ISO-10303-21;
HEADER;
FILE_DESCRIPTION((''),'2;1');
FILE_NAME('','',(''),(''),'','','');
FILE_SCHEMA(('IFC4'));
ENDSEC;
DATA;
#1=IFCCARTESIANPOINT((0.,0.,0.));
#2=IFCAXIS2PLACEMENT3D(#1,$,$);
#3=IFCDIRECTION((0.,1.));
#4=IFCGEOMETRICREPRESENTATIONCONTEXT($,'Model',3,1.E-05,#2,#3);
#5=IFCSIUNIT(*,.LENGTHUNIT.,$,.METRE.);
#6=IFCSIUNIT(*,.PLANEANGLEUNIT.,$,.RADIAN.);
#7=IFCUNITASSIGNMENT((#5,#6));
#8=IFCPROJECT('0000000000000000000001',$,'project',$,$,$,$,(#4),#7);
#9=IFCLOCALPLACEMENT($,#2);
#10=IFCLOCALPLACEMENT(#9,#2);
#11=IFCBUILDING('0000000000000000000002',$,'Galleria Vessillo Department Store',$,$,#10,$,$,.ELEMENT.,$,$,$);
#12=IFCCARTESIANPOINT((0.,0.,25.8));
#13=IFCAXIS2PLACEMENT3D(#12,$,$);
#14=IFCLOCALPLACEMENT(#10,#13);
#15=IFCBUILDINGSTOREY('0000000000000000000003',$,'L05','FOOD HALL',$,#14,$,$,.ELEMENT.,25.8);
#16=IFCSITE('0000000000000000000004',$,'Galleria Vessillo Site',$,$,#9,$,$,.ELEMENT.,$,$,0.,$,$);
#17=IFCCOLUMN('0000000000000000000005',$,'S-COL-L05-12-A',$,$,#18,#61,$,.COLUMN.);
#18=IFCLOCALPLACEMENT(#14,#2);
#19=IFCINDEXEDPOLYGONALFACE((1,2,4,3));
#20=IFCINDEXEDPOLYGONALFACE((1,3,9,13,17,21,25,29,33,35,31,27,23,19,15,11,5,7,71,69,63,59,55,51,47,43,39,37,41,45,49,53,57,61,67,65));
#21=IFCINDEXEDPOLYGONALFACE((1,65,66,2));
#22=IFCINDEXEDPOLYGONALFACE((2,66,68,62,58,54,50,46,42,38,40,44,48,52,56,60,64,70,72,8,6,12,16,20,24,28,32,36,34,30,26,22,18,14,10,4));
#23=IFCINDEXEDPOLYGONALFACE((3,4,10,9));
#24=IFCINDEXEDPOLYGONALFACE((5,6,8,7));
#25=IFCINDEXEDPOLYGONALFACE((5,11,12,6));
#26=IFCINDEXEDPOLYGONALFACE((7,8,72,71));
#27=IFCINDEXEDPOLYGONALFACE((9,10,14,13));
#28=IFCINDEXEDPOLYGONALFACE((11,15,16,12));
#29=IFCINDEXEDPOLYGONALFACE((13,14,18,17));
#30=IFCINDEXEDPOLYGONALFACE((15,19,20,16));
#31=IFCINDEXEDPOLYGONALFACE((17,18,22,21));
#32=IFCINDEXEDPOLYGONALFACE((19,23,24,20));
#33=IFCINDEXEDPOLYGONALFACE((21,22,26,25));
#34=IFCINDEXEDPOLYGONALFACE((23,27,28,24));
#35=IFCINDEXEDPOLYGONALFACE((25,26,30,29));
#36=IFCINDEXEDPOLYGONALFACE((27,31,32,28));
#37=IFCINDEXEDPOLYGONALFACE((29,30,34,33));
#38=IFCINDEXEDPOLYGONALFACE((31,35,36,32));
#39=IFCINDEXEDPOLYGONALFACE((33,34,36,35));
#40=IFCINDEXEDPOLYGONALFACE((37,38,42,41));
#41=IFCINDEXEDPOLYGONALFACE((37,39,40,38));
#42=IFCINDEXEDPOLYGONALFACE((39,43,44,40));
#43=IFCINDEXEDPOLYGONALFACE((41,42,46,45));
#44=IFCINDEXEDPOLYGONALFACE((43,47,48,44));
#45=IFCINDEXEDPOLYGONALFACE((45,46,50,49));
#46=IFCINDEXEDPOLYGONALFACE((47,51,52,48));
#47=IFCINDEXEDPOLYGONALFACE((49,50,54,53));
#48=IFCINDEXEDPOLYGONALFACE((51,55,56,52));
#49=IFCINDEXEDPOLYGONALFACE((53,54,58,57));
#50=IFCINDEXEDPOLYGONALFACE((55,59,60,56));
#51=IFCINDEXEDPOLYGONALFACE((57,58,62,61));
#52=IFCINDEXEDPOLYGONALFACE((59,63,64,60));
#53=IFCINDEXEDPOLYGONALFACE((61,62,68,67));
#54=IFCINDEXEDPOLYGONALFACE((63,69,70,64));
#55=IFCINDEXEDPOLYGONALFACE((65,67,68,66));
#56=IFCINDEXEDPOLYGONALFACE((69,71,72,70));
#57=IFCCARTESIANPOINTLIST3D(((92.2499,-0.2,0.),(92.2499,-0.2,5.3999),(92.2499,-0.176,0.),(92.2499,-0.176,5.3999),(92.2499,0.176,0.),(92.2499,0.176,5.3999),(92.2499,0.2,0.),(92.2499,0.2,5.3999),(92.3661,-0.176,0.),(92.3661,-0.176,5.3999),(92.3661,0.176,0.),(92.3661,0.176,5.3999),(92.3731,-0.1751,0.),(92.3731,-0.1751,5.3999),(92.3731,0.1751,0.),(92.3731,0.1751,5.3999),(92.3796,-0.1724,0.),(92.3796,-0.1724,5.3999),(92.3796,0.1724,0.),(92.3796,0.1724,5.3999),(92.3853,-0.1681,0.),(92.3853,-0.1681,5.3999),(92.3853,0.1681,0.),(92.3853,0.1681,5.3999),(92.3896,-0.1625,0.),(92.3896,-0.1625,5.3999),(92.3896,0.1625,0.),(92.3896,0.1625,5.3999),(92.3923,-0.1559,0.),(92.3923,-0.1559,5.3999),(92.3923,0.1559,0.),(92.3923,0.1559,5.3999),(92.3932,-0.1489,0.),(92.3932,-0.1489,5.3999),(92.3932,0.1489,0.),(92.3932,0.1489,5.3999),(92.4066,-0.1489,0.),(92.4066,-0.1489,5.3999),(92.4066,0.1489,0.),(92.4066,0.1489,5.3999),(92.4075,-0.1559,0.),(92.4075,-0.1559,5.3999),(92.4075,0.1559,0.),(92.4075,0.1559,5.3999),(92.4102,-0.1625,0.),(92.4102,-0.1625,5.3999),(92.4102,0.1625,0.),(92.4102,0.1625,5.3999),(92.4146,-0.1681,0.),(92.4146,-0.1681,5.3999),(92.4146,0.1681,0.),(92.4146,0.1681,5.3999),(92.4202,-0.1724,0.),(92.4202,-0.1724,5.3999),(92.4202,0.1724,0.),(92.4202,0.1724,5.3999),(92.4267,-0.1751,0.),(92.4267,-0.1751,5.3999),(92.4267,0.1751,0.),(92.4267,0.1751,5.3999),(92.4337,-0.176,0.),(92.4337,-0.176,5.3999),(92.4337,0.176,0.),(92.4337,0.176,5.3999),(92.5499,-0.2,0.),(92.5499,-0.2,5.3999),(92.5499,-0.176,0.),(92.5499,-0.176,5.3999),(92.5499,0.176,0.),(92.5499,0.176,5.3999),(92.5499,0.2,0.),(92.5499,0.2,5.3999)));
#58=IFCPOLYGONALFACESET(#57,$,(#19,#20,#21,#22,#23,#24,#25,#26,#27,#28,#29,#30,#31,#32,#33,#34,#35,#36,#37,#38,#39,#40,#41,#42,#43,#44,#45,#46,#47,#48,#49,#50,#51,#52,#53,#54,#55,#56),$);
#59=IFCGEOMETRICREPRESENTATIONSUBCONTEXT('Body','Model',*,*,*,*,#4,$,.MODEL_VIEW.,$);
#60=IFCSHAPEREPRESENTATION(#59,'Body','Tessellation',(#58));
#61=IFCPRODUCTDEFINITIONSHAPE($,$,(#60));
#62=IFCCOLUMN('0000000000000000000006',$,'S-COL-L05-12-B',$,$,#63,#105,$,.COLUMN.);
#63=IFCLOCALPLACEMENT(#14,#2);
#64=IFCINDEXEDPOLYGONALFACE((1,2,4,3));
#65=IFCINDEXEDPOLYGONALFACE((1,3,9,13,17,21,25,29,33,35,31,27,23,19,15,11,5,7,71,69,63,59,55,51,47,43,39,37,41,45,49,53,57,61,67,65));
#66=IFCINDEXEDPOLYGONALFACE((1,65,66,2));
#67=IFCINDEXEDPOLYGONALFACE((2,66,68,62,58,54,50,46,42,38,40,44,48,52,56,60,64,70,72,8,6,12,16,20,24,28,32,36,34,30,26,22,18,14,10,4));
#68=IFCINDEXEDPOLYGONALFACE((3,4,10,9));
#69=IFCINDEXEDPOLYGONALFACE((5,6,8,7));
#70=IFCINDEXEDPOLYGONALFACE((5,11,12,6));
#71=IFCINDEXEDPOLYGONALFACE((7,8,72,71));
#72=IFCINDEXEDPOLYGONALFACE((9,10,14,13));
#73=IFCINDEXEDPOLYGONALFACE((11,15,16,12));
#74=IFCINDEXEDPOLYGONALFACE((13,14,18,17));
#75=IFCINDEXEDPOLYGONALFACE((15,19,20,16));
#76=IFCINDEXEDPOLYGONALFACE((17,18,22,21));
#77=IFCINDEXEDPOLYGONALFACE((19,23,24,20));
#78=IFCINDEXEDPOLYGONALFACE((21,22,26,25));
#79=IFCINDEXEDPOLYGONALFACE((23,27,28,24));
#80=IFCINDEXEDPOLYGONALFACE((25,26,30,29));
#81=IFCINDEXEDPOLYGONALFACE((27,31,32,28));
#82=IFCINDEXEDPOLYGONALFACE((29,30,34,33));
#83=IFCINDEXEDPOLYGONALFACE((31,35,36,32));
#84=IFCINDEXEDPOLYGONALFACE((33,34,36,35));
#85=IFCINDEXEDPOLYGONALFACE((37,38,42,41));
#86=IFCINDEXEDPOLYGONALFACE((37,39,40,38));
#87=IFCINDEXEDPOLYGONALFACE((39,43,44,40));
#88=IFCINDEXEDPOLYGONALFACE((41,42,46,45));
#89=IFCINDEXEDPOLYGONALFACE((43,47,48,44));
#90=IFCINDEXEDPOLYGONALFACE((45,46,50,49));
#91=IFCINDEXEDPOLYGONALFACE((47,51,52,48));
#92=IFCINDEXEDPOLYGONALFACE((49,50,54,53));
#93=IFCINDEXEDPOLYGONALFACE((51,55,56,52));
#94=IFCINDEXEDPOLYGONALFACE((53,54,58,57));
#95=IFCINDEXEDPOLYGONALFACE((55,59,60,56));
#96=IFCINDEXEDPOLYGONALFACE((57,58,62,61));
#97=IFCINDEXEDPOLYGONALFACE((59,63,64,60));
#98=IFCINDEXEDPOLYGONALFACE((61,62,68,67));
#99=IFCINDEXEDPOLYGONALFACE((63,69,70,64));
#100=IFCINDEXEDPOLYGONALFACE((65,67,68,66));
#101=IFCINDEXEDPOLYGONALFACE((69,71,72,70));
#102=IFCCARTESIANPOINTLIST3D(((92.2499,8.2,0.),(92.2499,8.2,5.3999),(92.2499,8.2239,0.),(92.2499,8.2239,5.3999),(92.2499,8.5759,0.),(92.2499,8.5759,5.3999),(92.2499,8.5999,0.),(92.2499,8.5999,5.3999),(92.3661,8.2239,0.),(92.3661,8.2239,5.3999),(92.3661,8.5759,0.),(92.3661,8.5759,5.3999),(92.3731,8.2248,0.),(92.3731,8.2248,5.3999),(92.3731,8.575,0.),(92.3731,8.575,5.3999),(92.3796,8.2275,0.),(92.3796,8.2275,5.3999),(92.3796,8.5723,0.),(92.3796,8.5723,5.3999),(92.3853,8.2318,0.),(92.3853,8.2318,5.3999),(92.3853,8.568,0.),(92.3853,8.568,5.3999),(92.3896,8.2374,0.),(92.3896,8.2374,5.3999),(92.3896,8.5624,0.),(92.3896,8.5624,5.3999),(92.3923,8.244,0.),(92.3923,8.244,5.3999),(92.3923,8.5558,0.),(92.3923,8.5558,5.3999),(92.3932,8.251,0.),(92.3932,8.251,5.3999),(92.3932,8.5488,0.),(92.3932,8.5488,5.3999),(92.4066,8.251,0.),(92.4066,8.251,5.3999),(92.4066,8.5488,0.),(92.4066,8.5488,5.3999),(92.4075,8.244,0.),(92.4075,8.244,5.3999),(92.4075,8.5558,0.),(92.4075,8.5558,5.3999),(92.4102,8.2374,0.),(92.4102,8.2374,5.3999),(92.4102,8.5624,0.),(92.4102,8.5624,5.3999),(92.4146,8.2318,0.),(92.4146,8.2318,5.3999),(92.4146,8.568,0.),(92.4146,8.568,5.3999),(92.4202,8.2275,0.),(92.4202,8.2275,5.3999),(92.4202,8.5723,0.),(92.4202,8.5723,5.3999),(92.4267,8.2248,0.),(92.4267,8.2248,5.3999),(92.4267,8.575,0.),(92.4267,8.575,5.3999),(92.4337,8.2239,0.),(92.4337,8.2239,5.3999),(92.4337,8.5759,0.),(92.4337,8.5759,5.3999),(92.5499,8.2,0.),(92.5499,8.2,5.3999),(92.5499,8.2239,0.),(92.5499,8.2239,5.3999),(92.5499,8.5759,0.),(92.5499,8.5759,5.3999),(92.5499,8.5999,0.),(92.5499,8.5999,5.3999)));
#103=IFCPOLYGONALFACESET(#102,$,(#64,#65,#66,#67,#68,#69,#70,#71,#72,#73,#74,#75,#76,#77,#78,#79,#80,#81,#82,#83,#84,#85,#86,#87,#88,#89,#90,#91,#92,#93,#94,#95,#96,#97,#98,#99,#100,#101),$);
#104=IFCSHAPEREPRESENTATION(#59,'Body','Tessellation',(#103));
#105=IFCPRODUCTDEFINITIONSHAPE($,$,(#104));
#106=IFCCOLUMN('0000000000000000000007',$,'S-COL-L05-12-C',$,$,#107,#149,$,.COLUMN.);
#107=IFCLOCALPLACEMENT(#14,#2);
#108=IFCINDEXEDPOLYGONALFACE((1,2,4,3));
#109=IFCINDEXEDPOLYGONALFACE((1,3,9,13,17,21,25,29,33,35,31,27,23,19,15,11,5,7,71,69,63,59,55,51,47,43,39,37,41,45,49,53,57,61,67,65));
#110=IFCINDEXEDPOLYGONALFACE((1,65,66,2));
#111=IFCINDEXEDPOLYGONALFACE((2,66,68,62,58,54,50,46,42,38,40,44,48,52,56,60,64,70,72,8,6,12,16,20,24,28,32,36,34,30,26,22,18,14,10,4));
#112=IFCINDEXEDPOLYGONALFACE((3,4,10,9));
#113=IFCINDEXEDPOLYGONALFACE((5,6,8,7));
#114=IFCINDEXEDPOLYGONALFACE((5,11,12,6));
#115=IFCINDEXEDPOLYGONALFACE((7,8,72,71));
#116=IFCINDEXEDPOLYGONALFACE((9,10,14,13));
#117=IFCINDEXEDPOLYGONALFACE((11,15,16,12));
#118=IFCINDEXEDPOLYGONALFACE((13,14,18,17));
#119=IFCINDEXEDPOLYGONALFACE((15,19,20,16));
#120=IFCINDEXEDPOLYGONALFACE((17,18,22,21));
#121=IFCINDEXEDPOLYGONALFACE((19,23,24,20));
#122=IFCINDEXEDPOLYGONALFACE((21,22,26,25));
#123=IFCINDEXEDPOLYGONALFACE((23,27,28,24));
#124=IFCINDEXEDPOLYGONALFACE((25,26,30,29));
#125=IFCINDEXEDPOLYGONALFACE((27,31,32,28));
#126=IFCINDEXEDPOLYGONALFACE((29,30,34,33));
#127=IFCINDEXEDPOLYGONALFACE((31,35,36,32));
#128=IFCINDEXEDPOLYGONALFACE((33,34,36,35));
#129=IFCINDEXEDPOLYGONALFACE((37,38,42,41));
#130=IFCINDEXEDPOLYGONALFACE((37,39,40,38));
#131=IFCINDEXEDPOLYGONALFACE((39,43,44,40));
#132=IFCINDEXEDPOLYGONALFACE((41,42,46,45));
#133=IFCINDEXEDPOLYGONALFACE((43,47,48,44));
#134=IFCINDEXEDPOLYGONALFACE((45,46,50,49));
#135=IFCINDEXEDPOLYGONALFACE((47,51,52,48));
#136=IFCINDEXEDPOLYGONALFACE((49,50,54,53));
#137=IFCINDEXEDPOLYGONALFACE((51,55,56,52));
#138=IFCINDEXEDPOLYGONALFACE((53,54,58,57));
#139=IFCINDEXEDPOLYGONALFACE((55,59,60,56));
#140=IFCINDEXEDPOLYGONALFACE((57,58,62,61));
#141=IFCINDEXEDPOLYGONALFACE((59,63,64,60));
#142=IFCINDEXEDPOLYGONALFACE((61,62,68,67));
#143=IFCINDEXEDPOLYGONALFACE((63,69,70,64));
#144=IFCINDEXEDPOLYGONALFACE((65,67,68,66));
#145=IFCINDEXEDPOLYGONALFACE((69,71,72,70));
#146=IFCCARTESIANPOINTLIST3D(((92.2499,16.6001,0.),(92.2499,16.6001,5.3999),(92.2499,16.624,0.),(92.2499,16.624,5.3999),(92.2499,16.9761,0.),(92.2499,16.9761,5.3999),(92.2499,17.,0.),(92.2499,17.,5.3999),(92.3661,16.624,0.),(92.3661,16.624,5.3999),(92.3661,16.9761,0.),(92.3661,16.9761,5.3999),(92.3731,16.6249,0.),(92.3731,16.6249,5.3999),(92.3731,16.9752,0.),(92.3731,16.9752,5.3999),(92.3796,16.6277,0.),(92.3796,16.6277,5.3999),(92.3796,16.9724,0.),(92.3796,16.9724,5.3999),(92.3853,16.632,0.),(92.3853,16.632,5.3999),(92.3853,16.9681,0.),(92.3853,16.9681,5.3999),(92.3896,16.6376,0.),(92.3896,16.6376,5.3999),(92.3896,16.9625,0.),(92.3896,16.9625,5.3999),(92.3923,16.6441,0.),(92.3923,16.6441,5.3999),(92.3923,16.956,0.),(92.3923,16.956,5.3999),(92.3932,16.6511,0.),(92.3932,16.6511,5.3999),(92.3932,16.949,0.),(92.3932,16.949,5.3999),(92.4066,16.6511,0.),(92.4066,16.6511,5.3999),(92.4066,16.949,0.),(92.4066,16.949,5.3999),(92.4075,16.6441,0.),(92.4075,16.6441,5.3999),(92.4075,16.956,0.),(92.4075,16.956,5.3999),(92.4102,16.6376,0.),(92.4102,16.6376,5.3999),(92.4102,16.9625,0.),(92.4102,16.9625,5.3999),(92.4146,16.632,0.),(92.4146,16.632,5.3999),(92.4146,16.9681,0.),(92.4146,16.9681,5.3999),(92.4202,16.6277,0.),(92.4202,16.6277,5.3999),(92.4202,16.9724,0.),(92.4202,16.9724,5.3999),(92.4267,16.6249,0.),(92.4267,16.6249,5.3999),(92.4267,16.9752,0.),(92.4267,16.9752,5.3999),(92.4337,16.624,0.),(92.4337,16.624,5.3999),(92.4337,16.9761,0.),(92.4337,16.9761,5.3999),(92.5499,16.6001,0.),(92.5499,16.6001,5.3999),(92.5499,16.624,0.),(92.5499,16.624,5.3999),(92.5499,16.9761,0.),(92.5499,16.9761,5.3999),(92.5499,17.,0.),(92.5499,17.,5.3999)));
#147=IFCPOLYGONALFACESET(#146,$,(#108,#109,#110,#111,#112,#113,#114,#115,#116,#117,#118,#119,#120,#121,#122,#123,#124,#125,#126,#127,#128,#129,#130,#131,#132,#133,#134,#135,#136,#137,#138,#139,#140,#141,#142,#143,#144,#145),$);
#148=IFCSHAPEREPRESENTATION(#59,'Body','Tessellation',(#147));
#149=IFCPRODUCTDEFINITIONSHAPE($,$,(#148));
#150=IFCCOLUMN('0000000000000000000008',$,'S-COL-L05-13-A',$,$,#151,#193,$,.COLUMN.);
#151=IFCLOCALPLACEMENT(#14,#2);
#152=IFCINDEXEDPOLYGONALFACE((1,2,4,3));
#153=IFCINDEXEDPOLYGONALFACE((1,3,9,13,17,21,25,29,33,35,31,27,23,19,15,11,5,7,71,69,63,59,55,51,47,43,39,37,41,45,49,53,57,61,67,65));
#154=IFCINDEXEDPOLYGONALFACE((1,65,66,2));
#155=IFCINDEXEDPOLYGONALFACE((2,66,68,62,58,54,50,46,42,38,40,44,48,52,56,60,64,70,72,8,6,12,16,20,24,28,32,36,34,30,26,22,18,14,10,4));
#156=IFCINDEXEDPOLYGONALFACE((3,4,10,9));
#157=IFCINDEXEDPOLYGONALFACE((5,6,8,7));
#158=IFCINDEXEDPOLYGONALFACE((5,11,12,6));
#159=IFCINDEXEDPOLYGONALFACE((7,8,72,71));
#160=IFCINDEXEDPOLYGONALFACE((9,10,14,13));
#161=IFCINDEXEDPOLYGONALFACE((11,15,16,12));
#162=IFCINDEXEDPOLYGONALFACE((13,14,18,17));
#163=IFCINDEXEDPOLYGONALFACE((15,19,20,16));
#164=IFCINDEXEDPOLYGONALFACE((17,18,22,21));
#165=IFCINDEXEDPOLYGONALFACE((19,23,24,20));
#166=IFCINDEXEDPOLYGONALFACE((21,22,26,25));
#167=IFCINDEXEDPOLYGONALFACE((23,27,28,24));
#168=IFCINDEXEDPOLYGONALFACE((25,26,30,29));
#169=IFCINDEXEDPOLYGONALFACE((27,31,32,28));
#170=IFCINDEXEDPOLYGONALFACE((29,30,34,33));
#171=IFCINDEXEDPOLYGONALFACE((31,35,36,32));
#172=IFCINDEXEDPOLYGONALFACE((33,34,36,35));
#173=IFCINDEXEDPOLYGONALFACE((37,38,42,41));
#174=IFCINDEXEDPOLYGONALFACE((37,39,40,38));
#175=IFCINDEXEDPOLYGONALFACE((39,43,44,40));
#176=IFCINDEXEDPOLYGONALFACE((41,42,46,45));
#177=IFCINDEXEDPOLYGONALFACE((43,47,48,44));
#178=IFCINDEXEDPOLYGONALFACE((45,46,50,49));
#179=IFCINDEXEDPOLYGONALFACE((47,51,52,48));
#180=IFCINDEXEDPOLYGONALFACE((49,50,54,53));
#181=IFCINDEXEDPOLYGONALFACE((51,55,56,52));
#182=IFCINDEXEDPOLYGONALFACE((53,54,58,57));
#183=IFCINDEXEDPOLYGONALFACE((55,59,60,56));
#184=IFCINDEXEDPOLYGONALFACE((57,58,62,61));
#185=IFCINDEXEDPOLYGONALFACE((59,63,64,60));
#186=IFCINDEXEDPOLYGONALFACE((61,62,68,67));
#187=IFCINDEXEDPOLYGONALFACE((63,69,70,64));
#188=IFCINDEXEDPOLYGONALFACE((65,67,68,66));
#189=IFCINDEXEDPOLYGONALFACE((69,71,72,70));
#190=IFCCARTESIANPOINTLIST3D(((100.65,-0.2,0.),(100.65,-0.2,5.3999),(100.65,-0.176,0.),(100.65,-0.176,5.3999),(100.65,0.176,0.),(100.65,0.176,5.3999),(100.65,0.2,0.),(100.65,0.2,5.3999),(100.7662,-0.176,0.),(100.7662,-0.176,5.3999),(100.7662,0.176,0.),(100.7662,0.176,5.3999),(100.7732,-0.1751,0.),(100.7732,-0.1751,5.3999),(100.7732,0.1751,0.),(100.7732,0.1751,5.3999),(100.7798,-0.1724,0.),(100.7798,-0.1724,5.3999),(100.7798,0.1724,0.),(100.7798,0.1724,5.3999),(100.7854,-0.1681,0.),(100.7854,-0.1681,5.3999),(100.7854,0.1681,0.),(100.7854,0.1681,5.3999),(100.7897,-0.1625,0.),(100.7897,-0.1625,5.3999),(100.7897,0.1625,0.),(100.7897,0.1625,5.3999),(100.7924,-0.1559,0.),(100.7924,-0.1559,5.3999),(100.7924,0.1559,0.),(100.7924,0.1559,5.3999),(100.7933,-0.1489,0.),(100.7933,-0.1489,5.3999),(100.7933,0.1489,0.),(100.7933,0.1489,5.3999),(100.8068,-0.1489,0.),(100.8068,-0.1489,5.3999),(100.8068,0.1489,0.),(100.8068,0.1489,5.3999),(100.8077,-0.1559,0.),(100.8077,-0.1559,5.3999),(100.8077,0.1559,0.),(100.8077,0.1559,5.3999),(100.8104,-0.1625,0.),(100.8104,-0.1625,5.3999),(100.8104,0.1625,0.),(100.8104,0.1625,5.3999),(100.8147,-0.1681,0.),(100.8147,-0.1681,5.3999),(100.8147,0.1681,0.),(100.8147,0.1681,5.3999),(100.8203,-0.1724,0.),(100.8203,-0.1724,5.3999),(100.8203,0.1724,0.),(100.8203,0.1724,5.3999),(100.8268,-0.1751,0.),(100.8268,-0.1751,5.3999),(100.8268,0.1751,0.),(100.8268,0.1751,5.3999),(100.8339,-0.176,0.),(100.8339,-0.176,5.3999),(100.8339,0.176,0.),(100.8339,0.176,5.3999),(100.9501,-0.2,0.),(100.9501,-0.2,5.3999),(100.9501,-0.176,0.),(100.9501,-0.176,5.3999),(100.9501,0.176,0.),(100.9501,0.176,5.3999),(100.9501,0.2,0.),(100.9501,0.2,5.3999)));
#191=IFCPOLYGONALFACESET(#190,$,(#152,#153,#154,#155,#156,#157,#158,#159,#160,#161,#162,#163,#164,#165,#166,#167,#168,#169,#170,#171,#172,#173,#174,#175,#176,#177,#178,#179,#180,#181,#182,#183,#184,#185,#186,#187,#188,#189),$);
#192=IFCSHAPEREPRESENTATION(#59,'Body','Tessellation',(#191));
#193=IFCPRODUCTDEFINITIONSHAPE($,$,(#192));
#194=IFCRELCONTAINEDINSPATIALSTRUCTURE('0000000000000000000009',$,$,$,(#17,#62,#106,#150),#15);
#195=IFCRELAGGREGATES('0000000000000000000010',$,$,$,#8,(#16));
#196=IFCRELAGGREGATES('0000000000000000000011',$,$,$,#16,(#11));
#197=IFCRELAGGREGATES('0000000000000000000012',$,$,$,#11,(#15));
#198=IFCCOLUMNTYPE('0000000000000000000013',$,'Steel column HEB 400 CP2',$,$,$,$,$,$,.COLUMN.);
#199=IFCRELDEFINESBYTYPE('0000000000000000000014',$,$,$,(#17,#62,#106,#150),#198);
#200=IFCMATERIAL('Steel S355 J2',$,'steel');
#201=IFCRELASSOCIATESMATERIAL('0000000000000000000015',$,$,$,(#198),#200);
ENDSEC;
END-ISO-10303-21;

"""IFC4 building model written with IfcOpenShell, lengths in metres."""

from ifc_helpers import new_model, si_unit, direction, frame, origin, origin_2d, place, context, subcontext, project, spatial, i_section, extrude, material, material_profile, profile_set, type_object, element, save


model = new_model("IFC4")

# Units and contexts
model_context = context("Model", 3, precision=1e-05, world=origin(), true_north=direction((0.0, 1.0)))
body_context = subcontext(model_context, "Body", "Model", "MODEL_VIEW")
ifc_project = project(units=[si_unit("LENGTHUNIT", "METRE"), si_unit("PLANEANGLEUNIT", "RADIAN")], contexts=[model_context])

# Site, building, storey
site_placement = place(None, origin())
site = spatial("IfcSite", under=ifc_project, at=site_placement, Name="Galleria Vessillo Site", CompositionType="ELEMENT", RefElevation=0.0)
building_placement = place(site_placement, origin())
building = spatial("IfcBuilding", under=site, at=building_placement, Name="Galleria Vessillo Department Store", CompositionType="ELEMENT")
storey_placement = place(building_placement, frame((0.0, 0.0, 25.8)))
storey = spatial("IfcBuildingStorey", under=building, at=storey_placement, Name="L05", Description="FOOD HALL", CompositionType="ELEMENT", Elevation=25.8)

# Columns
ifc_material_1 = material(Name="Steel S355 J2", Category="steel")
ifc_material_profile_1 = material_profile(ifc_material_1, i_section(OverallWidth=0.3, OverallDepth=0.3999, WebThickness=0.0134, FlangeThickness=0.0239, FilletRadius=0.0271, at=origin_2d()), Name="HEB 400")
ifc_profile_set_1 = profile_set([ifc_material_profile_1], Name="Steel S355 J2")
column_type_1 = type_object("IfcColumnType", Name="Steel column HEB 400 CP2", PredefinedType="COLUMN", material=ifc_profile_set_1)
for number, where, z_axis, x_axis, name in (
    (1, (92.3999, 0.0, 0.0), (0.0, 0.0, 1.0), (1.0, 0.0, 0.0), "S-COL-L05-12-A"),
    (2, (92.3999, 8.3999, 0.0), (0.0, 0.0, 1.0), (1.0, 0.0, 0.0), "S-COL-L05-12-B"),
    (3, (92.3999, 16.8, 0.0), (0.0, 0.0, 1.0), (1.0, 0.0, 0.0), "S-COL-L05-12-C"),
    (4, (100.8, 0.0, 0.0), (0.0, 0.0, 1.0), (1.0, 0.0, 0.0), "S-COL-L05-13-A"),
):
    element("IfcColumn", number, at=place(storey_placement, frame(where, z_axis=z_axis, x_axis=x_axis)), inside=storey, type_object=column_type_1, Name=name, PredefinedType="COLUMN", context=body_context, shape_type="SweptSolid", body=[
        extrude(i_section(OverallWidth=0.3, OverallDepth=0.3999, WebThickness=0.0134, FlangeThickness=0.0239, FilletRadius=0.0271, at=origin_2d()), origin(), (0.0, 0.0, 1.0), 5.3999),
    ])

save(model, "model.ifc")
